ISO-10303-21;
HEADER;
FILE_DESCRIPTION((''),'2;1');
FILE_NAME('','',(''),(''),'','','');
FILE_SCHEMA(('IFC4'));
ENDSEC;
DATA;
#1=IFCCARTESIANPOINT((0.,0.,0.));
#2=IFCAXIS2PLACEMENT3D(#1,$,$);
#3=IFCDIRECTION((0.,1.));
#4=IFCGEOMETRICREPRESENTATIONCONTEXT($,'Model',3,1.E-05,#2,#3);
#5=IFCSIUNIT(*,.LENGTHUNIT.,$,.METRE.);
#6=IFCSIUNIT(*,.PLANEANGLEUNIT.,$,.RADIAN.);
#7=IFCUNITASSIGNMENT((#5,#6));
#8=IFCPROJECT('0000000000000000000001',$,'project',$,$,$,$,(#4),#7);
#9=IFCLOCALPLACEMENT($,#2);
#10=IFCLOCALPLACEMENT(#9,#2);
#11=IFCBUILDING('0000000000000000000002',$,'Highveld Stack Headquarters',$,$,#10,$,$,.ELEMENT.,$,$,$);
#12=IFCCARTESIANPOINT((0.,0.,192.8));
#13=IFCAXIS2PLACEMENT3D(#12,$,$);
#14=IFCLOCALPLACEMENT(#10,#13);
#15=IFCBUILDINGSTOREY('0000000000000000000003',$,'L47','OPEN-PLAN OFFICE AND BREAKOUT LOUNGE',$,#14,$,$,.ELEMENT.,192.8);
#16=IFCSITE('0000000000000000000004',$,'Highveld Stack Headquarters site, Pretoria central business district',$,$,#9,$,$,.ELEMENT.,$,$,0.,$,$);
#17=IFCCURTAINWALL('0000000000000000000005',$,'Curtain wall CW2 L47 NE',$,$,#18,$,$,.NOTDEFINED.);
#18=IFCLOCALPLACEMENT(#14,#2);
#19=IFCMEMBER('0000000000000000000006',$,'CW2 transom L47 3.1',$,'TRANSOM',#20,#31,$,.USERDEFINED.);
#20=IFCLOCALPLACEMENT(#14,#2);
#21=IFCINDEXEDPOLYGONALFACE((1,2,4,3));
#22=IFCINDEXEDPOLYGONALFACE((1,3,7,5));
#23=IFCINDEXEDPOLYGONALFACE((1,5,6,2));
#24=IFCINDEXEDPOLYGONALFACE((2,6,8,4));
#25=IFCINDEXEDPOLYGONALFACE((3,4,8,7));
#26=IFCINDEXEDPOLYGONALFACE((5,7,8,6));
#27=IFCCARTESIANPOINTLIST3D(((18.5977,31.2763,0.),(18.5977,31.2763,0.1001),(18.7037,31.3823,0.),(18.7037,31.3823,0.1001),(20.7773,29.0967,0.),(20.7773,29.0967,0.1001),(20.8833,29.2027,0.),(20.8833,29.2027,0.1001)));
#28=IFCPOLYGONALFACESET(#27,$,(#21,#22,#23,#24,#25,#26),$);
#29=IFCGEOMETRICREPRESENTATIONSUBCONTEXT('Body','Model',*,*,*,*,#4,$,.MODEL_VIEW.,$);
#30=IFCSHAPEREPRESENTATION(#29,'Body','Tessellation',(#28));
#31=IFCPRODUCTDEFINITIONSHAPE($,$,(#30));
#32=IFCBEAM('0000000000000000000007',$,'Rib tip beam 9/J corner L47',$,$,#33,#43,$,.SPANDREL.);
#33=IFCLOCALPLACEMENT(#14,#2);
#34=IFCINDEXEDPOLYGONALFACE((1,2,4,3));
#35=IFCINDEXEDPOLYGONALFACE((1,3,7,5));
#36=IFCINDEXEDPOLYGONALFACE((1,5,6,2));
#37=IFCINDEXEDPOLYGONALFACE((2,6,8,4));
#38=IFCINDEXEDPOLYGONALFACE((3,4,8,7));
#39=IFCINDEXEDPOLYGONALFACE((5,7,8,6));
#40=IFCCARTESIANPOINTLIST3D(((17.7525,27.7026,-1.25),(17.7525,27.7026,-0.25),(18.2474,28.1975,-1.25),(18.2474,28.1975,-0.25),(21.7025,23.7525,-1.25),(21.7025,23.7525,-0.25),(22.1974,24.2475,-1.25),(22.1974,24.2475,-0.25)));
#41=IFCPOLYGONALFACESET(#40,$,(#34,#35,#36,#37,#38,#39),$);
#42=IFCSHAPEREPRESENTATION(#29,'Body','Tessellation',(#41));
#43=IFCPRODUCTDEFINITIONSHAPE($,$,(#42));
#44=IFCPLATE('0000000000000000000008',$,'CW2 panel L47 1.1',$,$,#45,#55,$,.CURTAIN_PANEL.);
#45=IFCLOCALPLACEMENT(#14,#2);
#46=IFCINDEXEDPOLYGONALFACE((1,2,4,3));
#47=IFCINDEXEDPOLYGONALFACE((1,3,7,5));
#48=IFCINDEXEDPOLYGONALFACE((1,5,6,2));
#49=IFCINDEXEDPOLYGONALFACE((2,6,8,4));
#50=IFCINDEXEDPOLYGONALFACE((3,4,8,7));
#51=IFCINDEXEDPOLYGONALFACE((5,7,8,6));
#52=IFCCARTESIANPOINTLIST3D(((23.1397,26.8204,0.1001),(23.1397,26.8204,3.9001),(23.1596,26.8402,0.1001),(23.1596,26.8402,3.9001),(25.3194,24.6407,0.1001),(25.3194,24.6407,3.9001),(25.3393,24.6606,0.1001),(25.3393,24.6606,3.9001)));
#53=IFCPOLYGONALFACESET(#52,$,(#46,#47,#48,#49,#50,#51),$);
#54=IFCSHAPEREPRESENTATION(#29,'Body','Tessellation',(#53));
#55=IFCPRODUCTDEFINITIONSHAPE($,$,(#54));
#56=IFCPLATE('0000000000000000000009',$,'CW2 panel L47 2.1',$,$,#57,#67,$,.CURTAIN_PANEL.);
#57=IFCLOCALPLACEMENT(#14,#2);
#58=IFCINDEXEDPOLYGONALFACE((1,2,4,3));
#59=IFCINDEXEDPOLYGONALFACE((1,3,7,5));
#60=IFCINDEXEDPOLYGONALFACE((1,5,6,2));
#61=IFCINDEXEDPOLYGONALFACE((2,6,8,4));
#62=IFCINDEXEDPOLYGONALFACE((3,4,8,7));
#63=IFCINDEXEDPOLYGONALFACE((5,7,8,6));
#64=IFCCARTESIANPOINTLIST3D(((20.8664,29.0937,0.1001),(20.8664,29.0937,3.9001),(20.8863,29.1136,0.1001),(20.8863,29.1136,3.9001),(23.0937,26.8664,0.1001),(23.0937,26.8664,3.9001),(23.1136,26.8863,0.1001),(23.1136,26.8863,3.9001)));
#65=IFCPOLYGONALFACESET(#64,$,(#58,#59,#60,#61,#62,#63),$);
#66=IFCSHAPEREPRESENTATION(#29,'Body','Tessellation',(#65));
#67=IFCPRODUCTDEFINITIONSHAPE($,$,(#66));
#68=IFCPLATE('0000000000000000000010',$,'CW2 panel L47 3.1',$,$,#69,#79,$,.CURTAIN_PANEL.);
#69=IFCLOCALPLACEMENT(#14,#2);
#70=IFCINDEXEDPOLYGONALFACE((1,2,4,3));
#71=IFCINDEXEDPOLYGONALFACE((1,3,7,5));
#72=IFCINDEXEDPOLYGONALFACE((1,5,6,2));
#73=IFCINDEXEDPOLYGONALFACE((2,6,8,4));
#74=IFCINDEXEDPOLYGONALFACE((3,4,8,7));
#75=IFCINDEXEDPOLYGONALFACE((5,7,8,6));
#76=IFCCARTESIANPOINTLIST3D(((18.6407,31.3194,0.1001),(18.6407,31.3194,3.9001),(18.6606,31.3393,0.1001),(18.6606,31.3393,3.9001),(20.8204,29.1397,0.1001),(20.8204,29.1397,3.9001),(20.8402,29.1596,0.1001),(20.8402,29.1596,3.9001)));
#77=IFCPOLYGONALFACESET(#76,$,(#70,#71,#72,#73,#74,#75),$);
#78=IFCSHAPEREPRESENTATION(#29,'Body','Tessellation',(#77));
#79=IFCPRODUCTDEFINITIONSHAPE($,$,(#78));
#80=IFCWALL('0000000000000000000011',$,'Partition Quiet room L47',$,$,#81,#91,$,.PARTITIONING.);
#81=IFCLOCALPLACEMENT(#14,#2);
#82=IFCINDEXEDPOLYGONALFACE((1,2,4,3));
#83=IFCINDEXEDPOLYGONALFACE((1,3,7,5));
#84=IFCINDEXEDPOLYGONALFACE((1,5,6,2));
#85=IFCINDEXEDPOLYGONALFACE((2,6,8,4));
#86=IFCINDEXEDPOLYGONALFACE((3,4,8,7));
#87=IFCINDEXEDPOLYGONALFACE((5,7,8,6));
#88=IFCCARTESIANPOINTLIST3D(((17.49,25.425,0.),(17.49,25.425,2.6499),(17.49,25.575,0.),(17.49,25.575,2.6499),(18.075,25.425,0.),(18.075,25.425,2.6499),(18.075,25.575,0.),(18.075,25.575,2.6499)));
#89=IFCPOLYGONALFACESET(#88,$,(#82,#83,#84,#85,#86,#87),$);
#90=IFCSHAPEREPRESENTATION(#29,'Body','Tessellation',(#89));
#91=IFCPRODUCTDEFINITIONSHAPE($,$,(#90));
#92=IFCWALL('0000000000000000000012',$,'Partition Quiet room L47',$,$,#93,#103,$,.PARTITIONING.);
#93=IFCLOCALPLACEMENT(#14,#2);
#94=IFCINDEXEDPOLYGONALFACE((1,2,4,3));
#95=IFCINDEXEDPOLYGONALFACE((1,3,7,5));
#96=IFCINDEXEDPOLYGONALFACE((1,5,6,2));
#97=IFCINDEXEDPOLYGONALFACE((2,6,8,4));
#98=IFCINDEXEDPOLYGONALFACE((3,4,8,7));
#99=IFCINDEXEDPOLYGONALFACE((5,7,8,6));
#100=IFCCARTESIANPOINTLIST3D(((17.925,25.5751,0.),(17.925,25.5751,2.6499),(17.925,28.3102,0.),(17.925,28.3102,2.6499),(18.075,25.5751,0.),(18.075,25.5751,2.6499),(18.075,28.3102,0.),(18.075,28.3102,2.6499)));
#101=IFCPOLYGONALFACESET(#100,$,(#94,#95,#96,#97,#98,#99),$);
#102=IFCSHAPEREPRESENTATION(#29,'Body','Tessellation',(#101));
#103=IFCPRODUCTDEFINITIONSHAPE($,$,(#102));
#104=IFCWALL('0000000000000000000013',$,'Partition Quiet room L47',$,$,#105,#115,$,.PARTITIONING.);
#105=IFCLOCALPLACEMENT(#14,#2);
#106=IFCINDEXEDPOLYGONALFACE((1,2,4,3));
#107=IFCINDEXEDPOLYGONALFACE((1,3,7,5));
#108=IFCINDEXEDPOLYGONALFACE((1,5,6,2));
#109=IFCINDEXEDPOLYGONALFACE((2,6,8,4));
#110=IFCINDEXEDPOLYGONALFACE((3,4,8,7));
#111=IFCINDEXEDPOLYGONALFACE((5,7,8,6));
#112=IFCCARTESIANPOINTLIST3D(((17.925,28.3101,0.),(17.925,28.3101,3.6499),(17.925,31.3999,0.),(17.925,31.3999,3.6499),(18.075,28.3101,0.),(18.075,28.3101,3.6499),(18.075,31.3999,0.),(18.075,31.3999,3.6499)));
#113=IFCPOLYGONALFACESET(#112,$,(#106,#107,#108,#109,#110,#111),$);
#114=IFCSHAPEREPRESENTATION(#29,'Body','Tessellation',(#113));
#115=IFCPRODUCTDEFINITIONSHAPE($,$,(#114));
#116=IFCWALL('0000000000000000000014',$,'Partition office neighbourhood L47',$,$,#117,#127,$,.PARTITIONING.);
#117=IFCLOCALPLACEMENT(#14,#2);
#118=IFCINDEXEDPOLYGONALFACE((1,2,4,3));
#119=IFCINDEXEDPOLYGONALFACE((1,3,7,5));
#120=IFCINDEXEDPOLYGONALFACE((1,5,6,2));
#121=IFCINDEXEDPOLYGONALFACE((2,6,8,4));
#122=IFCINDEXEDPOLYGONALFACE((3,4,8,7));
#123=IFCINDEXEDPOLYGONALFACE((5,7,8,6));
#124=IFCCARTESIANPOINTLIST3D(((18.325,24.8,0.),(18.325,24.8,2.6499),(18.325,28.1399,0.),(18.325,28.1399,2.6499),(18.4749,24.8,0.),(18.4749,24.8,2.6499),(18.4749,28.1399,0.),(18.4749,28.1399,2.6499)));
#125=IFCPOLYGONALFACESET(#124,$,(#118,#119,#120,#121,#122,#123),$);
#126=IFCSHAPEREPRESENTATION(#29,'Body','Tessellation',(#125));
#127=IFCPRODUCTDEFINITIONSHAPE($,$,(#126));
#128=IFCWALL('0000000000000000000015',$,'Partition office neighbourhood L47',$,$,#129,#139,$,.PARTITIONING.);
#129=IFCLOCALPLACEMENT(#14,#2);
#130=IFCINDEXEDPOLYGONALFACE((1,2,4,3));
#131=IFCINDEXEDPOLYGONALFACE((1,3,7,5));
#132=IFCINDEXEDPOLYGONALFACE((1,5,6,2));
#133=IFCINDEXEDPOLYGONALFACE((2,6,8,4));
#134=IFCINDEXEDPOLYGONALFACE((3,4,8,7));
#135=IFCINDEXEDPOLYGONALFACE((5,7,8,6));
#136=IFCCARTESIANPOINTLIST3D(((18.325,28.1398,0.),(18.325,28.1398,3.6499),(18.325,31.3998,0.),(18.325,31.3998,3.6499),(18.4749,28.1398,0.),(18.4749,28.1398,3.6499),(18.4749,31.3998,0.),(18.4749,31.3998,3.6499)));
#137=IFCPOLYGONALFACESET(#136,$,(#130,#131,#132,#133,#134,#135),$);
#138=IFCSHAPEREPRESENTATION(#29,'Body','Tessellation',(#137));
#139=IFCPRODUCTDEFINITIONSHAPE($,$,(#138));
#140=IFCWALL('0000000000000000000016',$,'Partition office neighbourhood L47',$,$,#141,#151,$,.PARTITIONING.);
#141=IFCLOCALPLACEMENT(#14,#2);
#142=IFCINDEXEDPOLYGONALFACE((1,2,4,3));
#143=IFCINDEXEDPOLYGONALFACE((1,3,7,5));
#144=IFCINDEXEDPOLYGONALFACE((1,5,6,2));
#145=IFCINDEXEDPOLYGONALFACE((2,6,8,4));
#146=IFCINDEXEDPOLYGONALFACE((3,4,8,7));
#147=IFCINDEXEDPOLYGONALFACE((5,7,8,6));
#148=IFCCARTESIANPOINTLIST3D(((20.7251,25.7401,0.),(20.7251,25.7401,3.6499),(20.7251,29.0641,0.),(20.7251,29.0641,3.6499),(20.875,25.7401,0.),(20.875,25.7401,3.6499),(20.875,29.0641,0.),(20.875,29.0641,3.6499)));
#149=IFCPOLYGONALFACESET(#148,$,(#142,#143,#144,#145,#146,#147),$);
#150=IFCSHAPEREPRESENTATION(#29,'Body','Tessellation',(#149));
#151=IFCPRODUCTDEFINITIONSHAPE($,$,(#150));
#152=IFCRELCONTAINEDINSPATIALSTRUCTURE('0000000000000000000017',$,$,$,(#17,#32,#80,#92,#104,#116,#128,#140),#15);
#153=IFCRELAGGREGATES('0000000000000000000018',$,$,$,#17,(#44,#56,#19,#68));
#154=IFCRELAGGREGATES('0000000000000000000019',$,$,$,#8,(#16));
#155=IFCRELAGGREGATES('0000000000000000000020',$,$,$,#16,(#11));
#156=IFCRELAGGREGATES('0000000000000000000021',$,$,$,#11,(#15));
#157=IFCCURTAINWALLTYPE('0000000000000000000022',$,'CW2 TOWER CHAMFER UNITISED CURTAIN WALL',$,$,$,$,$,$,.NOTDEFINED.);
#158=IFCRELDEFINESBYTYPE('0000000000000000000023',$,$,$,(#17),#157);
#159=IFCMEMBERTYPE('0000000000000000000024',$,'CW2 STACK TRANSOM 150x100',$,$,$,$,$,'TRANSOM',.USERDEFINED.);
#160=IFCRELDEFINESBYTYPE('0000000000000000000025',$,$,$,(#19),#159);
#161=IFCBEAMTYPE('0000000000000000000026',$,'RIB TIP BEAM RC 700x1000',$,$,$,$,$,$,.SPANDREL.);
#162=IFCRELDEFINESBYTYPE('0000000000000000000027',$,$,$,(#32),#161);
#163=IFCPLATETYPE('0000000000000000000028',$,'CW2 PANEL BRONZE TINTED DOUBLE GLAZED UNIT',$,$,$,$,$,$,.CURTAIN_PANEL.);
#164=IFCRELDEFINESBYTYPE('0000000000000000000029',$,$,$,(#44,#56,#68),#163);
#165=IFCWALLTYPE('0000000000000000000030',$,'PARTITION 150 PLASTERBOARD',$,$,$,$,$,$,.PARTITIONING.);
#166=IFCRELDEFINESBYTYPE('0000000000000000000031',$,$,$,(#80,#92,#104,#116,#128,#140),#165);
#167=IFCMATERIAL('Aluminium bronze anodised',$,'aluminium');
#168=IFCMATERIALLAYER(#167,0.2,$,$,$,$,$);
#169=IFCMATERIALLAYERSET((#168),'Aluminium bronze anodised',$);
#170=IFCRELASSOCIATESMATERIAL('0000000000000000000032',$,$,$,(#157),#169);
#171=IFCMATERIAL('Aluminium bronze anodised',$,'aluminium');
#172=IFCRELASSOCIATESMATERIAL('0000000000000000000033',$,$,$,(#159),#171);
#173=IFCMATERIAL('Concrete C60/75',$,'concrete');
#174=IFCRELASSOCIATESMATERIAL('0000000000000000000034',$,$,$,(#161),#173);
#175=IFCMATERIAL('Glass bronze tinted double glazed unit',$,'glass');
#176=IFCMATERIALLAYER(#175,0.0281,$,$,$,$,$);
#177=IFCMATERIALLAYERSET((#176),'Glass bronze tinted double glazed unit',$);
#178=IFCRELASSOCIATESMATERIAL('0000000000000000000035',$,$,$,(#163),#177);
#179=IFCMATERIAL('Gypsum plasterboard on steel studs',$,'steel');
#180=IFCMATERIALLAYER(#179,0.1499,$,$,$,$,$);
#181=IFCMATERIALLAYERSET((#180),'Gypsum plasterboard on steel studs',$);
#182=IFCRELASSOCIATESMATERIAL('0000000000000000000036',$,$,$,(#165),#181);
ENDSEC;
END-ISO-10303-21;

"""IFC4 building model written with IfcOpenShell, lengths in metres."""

from ifc_helpers import new_model, si_unit, direction, frame, frame_2d, origin, origin_2d, place, context, subcontext, project, spatial, rectangle, extrude, material, layer, layer_set, material_profile, profile_set, type_object, element, aggregate, save


model = new_model("IFC4")

# Units and contexts
model_context = context("Model", 3, precision=1e-05, world=origin(), true_north=direction((0.0, 1.0)))
body_context = subcontext(model_context, "Body", "Model", "MODEL_VIEW")
ifc_project = project(units=[si_unit("LENGTHUNIT", "METRE"), si_unit("PLANEANGLEUNIT", "RADIAN")], contexts=[model_context])

# Site, building, storey
site_placement = place(None, origin())
site = spatial("IfcSite", under=ifc_project, at=site_placement, Name="Highveld Stack Headquarters site, Pretoria central business district", CompositionType="ELEMENT", RefElevation=0.0)
building_placement = place(site_placement, origin())
building = spatial("IfcBuilding", under=site, at=building_placement, Name="Highveld Stack Headquarters", CompositionType="ELEMENT")
storey_placement = place(building_placement, frame((0.0, 0.0, 192.8)))
storey = spatial("IfcBuildingStorey", under=building, at=storey_placement, Name="L47", Description="OPEN-PLAN OFFICE AND BREAKOUT LOUNGE", CompositionType="ELEMENT", Elevation=192.8)

# Curtain wall, member
ifc_material_1 = material(Name="Aluminium bronze anodised", Category="aluminium")
ifc_layer_1 = layer(ifc_material_1, 0.2)
ifc_layer_set_1 = layer_set([ifc_layer_1], Name="Aluminium bronze anodised")
curtain_wall_type_1 = type_object("IfcCurtainWallType", Name="CW2 TOWER CHAMFER UNITISED CURTAIN WALL", PredefinedType="NOTDEFINED", material=ifc_layer_set_1)
curtain_wall_1_placement = place(storey_placement, origin())
curtain_wall_1 = element("IfcCurtainWall", 1, at=curtain_wall_1_placement, inside=storey, type_object=curtain_wall_type_1, Name="Curtain wall CW2 L47 NE", PredefinedType="NOTDEFINED")
ifc_material_2 = material(Name="Aluminium bronze anodised", Category="aluminium")
ifc_material_profile_1 = material_profile(ifc_material_2, rectangle(XDim=0.1499, YDim=0.1001, at=origin_2d()), Name="CW2 TRANSOM 150x100")
ifc_profile_set_1 = profile_set([ifc_material_profile_1], Name="Aluminium bronze anodised")
member_type_1 = type_object("IfcMemberType", Name="CW2 STACK TRANSOM 150x100", ElementType="TRANSOM", PredefinedType="USERDEFINED", material=ifc_profile_set_1)
member_1_placement = place(storey_placement, frame((20.8303, 29.1497, 0.05), z_axis=(-0.707107, 0.707107, 0.0), x_axis=(-0.707107, -0.707107, 0.0)))
member_1 = element("IfcMember", 2, at=member_1_placement, type_object=member_type_1, Name="CW2 transom L47 3.1", ObjectType="TRANSOM", PredefinedType="USERDEFINED", context=body_context, shape_type="SweptSolid", body=[
    extrude(rectangle(XDim=0.1499, YDim=0.1001, at=origin_2d()), origin(), (0.0, 0.0, 1.0), 3.0825),
])

# Beam
ifc_material_3 = material(Name="Concrete C60/75", Category="concrete")
ifc_material_profile_2 = material_profile(ifc_material_3, rectangle(XDim=0.7, YDim=1.0, at=origin_2d()), Name="RC 700x1000")
ifc_profile_set_2 = profile_set([ifc_material_profile_2], Name="Concrete C60/75")
beam_type_1 = type_object("IfcBeamType", Name="RIB TIP BEAM RC 700x1000", PredefinedType="SPANDREL", material=ifc_profile_set_2)
beam_1_placement = place(storey_placement, frame((21.95, 24.0, -0.75), z_axis=(-0.707107, 0.707107, 0.0), x_axis=(-0.707107, -0.707107, 0.0)))
element("IfcBeam", 3, at=beam_1_placement, inside=storey, type_object=beam_type_1, Name="Rib tip beam 9/J corner L47", PredefinedType="SPANDREL", context=body_context, shape_type="SweptSolid", body=[
    extrude(rectangle(XDim=0.7, YDim=1.0, at=origin_2d()), origin(), (0.0, 0.0, 1.0), 5.5862),
])

# Plates
ifc_material_4 = material(Name="Glass bronze tinted double glazed unit", Category="glass")
ifc_layer_2 = layer(ifc_material_4, 0.0281)
ifc_layer_set_2 = layer_set([ifc_layer_2], Name="Glass bronze tinted double glazed unit")
plate_type = type_object("IfcPlateType", Name="CW2 PANEL BRONZE TINTED DOUBLE GLAZED UNIT", PredefinedType="CURTAIN_PANEL", material=ifc_layer_set_2)
plate_1_placement = place(storey_placement, frame((24.2395, 25.7405, 0.1001), z_axis=(0.0, 0.0, 1.0), x_axis=(-0.707107, 0.707107, 0.0)))
plate_1 = element("IfcPlate", 4, at=plate_1_placement, type_object=plate_type, Name="CW2 panel L47 1.1", PredefinedType="CURTAIN_PANEL", context=body_context, shape_type="SweptSolid", body=[
    extrude(rectangle(XDim=3.0825, YDim=0.0281, at=origin_2d()), origin(), (0.0, 0.0, 1.0), 3.8),
])
plate_2_placement = place(storey_placement, frame((21.99, 27.99, 0.1001), z_axis=(0.0, 0.0, 1.0), x_axis=(-0.707107, 0.707107, 0.0)))
plate_2 = element("IfcPlate", 5, at=plate_2_placement, type_object=plate_type, Name="CW2 panel L47 2.1", PredefinedType="CURTAIN_PANEL", context=body_context, shape_type="SweptSolid", body=[
    extrude(rectangle(XDim=3.1499, YDim=0.0281, at=origin_2d()), origin(), (0.0, 0.0, 1.0), 3.8),
])
plate_3_placement = place(storey_placement, frame((19.7405, 30.2395, 0.1001), z_axis=(0.0, 0.0, 1.0), x_axis=(-0.707107, 0.707107, 0.0)))
plate_3 = element("IfcPlate", 6, at=plate_3_placement, type_object=plate_type, Name="CW2 panel L47 3.1", PredefinedType="CURTAIN_PANEL", context=body_context, shape_type="SweptSolid", body=[
    extrude(rectangle(XDim=3.0825, YDim=0.0281, at=origin_2d()), origin(), (0.0, 0.0, 1.0), 3.8),
])
aggregate(curtain_wall_1, [plate_1, plate_2, member_1, plate_3])

# Walls
ifc_material_5 = material(Name="Gypsum plasterboard on steel studs", Category="steel")
ifc_layer_3 = layer(ifc_material_5, 0.1499)
ifc_layer_set_3 = layer_set([ifc_layer_3], Name="Gypsum plasterboard on steel studs")
wall_type = type_object("IfcWallType", Name="PARTITION 150 PLASTERBOARD", PredefinedType="PARTITIONING", material=ifc_layer_set_3)
wall_1_placement = place(storey_placement, frame((17.49, 25.5, 0.0), z_axis=(0.0, 0.0, 1.0), x_axis=(1.0, 0.0, 0.0)))
element("IfcWall", 7, at=wall_1_placement, inside=storey, type_object=wall_type, Name="Partition Quiet room L47", PredefinedType="PARTITIONING", context=body_context, shape_type="SweptSolid", body=[
    extrude(rectangle(XDim=0.585, YDim=0.1499, at=frame_2d((0.2925, 0.0))), origin(), (0.0, 0.0, 1.0), 2.6499),
])
wall_2_placement = place(storey_placement, frame((18.0, 25.575, 0.0), z_axis=(0.0, 0.0, 1.0), x_axis=(0.0, 1.0, 0.0)))
element("IfcWall", 8, at=wall_2_placement, inside=storey, type_object=wall_type, Name="Partition Quiet room L47", PredefinedType="PARTITIONING", context=body_context, shape_type="SweptSolid", body=[
    extrude(rectangle(XDim=2.7351, YDim=0.1499, at=frame_2d((1.3677, 0.0))), origin(), (0.0, 0.0, 1.0), 2.6499),
])
wall_3_placement = place(storey_placement, frame((18.0, 28.3101, 0.0), z_axis=(0.0, 0.0, 1.0), x_axis=(0.0, 1.0, 0.0)))
element("IfcWall", 9, at=wall_3_placement, inside=storey, type_object=wall_type, Name="Partition Quiet room L47", PredefinedType="PARTITIONING", context=body_context, shape_type="SweptSolid", body=[
    extrude(rectangle(XDim=3.0898, YDim=0.1499, at=frame_2d((1.5449, 0.0))), origin(), (0.0, 0.0, 1.0), 3.6499),
])
wall_4_placement = place(storey_placement, frame((18.3999, 24.8, 0.0), z_axis=(0.0, 0.0, 1.0), x_axis=(0.0, 1.0, 0.0)))
element("IfcWall", 10, at=wall_4_placement, inside=storey, type_object=wall_type, Name="Partition office neighbourhood L47", PredefinedType="PARTITIONING", context=body_context, shape_type="SweptSolid", body=[
    extrude(rectangle(XDim=3.3398, YDim=0.1499, at=frame_2d((1.6699, 0.0))), origin(), (0.0, 0.0, 1.0), 2.6499),
])
wall_5_placement = place(storey_placement, frame((18.3999, 28.1399, 0.0), z_axis=(0.0, 0.0, 1.0), x_axis=(0.0, 1.0, 0.0)))
element("IfcWall", 11, at=wall_5_placement, inside=storey, type_object=wall_type, Name="Partition office neighbourhood L47", PredefinedType="PARTITIONING", context=body_context, shape_type="SweptSolid", body=[
    extrude(rectangle(XDim=3.26, YDim=0.1499, at=frame_2d((1.6299, 0.0))), origin(), (0.0, 0.0, 1.0), 3.6499),
])
wall_6_placement = place(storey_placement, frame((20.8, 25.74, 0.0), z_axis=(0.0, 0.0, 1.0), x_axis=(0.0, 1.0, 0.0)))
element("IfcWall", 12, at=wall_6_placement, inside=storey, type_object=wall_type, Name="Partition office neighbourhood L47", PredefinedType="PARTITIONING", context=body_context, shape_type="SweptSolid", body=[
    extrude(rectangle(XDim=3.324, YDim=0.1499, at=frame_2d((1.6621, 0.0))), origin(), (0.0, 0.0, 1.0), 3.6499),
])

save(model, "model.ifc")
